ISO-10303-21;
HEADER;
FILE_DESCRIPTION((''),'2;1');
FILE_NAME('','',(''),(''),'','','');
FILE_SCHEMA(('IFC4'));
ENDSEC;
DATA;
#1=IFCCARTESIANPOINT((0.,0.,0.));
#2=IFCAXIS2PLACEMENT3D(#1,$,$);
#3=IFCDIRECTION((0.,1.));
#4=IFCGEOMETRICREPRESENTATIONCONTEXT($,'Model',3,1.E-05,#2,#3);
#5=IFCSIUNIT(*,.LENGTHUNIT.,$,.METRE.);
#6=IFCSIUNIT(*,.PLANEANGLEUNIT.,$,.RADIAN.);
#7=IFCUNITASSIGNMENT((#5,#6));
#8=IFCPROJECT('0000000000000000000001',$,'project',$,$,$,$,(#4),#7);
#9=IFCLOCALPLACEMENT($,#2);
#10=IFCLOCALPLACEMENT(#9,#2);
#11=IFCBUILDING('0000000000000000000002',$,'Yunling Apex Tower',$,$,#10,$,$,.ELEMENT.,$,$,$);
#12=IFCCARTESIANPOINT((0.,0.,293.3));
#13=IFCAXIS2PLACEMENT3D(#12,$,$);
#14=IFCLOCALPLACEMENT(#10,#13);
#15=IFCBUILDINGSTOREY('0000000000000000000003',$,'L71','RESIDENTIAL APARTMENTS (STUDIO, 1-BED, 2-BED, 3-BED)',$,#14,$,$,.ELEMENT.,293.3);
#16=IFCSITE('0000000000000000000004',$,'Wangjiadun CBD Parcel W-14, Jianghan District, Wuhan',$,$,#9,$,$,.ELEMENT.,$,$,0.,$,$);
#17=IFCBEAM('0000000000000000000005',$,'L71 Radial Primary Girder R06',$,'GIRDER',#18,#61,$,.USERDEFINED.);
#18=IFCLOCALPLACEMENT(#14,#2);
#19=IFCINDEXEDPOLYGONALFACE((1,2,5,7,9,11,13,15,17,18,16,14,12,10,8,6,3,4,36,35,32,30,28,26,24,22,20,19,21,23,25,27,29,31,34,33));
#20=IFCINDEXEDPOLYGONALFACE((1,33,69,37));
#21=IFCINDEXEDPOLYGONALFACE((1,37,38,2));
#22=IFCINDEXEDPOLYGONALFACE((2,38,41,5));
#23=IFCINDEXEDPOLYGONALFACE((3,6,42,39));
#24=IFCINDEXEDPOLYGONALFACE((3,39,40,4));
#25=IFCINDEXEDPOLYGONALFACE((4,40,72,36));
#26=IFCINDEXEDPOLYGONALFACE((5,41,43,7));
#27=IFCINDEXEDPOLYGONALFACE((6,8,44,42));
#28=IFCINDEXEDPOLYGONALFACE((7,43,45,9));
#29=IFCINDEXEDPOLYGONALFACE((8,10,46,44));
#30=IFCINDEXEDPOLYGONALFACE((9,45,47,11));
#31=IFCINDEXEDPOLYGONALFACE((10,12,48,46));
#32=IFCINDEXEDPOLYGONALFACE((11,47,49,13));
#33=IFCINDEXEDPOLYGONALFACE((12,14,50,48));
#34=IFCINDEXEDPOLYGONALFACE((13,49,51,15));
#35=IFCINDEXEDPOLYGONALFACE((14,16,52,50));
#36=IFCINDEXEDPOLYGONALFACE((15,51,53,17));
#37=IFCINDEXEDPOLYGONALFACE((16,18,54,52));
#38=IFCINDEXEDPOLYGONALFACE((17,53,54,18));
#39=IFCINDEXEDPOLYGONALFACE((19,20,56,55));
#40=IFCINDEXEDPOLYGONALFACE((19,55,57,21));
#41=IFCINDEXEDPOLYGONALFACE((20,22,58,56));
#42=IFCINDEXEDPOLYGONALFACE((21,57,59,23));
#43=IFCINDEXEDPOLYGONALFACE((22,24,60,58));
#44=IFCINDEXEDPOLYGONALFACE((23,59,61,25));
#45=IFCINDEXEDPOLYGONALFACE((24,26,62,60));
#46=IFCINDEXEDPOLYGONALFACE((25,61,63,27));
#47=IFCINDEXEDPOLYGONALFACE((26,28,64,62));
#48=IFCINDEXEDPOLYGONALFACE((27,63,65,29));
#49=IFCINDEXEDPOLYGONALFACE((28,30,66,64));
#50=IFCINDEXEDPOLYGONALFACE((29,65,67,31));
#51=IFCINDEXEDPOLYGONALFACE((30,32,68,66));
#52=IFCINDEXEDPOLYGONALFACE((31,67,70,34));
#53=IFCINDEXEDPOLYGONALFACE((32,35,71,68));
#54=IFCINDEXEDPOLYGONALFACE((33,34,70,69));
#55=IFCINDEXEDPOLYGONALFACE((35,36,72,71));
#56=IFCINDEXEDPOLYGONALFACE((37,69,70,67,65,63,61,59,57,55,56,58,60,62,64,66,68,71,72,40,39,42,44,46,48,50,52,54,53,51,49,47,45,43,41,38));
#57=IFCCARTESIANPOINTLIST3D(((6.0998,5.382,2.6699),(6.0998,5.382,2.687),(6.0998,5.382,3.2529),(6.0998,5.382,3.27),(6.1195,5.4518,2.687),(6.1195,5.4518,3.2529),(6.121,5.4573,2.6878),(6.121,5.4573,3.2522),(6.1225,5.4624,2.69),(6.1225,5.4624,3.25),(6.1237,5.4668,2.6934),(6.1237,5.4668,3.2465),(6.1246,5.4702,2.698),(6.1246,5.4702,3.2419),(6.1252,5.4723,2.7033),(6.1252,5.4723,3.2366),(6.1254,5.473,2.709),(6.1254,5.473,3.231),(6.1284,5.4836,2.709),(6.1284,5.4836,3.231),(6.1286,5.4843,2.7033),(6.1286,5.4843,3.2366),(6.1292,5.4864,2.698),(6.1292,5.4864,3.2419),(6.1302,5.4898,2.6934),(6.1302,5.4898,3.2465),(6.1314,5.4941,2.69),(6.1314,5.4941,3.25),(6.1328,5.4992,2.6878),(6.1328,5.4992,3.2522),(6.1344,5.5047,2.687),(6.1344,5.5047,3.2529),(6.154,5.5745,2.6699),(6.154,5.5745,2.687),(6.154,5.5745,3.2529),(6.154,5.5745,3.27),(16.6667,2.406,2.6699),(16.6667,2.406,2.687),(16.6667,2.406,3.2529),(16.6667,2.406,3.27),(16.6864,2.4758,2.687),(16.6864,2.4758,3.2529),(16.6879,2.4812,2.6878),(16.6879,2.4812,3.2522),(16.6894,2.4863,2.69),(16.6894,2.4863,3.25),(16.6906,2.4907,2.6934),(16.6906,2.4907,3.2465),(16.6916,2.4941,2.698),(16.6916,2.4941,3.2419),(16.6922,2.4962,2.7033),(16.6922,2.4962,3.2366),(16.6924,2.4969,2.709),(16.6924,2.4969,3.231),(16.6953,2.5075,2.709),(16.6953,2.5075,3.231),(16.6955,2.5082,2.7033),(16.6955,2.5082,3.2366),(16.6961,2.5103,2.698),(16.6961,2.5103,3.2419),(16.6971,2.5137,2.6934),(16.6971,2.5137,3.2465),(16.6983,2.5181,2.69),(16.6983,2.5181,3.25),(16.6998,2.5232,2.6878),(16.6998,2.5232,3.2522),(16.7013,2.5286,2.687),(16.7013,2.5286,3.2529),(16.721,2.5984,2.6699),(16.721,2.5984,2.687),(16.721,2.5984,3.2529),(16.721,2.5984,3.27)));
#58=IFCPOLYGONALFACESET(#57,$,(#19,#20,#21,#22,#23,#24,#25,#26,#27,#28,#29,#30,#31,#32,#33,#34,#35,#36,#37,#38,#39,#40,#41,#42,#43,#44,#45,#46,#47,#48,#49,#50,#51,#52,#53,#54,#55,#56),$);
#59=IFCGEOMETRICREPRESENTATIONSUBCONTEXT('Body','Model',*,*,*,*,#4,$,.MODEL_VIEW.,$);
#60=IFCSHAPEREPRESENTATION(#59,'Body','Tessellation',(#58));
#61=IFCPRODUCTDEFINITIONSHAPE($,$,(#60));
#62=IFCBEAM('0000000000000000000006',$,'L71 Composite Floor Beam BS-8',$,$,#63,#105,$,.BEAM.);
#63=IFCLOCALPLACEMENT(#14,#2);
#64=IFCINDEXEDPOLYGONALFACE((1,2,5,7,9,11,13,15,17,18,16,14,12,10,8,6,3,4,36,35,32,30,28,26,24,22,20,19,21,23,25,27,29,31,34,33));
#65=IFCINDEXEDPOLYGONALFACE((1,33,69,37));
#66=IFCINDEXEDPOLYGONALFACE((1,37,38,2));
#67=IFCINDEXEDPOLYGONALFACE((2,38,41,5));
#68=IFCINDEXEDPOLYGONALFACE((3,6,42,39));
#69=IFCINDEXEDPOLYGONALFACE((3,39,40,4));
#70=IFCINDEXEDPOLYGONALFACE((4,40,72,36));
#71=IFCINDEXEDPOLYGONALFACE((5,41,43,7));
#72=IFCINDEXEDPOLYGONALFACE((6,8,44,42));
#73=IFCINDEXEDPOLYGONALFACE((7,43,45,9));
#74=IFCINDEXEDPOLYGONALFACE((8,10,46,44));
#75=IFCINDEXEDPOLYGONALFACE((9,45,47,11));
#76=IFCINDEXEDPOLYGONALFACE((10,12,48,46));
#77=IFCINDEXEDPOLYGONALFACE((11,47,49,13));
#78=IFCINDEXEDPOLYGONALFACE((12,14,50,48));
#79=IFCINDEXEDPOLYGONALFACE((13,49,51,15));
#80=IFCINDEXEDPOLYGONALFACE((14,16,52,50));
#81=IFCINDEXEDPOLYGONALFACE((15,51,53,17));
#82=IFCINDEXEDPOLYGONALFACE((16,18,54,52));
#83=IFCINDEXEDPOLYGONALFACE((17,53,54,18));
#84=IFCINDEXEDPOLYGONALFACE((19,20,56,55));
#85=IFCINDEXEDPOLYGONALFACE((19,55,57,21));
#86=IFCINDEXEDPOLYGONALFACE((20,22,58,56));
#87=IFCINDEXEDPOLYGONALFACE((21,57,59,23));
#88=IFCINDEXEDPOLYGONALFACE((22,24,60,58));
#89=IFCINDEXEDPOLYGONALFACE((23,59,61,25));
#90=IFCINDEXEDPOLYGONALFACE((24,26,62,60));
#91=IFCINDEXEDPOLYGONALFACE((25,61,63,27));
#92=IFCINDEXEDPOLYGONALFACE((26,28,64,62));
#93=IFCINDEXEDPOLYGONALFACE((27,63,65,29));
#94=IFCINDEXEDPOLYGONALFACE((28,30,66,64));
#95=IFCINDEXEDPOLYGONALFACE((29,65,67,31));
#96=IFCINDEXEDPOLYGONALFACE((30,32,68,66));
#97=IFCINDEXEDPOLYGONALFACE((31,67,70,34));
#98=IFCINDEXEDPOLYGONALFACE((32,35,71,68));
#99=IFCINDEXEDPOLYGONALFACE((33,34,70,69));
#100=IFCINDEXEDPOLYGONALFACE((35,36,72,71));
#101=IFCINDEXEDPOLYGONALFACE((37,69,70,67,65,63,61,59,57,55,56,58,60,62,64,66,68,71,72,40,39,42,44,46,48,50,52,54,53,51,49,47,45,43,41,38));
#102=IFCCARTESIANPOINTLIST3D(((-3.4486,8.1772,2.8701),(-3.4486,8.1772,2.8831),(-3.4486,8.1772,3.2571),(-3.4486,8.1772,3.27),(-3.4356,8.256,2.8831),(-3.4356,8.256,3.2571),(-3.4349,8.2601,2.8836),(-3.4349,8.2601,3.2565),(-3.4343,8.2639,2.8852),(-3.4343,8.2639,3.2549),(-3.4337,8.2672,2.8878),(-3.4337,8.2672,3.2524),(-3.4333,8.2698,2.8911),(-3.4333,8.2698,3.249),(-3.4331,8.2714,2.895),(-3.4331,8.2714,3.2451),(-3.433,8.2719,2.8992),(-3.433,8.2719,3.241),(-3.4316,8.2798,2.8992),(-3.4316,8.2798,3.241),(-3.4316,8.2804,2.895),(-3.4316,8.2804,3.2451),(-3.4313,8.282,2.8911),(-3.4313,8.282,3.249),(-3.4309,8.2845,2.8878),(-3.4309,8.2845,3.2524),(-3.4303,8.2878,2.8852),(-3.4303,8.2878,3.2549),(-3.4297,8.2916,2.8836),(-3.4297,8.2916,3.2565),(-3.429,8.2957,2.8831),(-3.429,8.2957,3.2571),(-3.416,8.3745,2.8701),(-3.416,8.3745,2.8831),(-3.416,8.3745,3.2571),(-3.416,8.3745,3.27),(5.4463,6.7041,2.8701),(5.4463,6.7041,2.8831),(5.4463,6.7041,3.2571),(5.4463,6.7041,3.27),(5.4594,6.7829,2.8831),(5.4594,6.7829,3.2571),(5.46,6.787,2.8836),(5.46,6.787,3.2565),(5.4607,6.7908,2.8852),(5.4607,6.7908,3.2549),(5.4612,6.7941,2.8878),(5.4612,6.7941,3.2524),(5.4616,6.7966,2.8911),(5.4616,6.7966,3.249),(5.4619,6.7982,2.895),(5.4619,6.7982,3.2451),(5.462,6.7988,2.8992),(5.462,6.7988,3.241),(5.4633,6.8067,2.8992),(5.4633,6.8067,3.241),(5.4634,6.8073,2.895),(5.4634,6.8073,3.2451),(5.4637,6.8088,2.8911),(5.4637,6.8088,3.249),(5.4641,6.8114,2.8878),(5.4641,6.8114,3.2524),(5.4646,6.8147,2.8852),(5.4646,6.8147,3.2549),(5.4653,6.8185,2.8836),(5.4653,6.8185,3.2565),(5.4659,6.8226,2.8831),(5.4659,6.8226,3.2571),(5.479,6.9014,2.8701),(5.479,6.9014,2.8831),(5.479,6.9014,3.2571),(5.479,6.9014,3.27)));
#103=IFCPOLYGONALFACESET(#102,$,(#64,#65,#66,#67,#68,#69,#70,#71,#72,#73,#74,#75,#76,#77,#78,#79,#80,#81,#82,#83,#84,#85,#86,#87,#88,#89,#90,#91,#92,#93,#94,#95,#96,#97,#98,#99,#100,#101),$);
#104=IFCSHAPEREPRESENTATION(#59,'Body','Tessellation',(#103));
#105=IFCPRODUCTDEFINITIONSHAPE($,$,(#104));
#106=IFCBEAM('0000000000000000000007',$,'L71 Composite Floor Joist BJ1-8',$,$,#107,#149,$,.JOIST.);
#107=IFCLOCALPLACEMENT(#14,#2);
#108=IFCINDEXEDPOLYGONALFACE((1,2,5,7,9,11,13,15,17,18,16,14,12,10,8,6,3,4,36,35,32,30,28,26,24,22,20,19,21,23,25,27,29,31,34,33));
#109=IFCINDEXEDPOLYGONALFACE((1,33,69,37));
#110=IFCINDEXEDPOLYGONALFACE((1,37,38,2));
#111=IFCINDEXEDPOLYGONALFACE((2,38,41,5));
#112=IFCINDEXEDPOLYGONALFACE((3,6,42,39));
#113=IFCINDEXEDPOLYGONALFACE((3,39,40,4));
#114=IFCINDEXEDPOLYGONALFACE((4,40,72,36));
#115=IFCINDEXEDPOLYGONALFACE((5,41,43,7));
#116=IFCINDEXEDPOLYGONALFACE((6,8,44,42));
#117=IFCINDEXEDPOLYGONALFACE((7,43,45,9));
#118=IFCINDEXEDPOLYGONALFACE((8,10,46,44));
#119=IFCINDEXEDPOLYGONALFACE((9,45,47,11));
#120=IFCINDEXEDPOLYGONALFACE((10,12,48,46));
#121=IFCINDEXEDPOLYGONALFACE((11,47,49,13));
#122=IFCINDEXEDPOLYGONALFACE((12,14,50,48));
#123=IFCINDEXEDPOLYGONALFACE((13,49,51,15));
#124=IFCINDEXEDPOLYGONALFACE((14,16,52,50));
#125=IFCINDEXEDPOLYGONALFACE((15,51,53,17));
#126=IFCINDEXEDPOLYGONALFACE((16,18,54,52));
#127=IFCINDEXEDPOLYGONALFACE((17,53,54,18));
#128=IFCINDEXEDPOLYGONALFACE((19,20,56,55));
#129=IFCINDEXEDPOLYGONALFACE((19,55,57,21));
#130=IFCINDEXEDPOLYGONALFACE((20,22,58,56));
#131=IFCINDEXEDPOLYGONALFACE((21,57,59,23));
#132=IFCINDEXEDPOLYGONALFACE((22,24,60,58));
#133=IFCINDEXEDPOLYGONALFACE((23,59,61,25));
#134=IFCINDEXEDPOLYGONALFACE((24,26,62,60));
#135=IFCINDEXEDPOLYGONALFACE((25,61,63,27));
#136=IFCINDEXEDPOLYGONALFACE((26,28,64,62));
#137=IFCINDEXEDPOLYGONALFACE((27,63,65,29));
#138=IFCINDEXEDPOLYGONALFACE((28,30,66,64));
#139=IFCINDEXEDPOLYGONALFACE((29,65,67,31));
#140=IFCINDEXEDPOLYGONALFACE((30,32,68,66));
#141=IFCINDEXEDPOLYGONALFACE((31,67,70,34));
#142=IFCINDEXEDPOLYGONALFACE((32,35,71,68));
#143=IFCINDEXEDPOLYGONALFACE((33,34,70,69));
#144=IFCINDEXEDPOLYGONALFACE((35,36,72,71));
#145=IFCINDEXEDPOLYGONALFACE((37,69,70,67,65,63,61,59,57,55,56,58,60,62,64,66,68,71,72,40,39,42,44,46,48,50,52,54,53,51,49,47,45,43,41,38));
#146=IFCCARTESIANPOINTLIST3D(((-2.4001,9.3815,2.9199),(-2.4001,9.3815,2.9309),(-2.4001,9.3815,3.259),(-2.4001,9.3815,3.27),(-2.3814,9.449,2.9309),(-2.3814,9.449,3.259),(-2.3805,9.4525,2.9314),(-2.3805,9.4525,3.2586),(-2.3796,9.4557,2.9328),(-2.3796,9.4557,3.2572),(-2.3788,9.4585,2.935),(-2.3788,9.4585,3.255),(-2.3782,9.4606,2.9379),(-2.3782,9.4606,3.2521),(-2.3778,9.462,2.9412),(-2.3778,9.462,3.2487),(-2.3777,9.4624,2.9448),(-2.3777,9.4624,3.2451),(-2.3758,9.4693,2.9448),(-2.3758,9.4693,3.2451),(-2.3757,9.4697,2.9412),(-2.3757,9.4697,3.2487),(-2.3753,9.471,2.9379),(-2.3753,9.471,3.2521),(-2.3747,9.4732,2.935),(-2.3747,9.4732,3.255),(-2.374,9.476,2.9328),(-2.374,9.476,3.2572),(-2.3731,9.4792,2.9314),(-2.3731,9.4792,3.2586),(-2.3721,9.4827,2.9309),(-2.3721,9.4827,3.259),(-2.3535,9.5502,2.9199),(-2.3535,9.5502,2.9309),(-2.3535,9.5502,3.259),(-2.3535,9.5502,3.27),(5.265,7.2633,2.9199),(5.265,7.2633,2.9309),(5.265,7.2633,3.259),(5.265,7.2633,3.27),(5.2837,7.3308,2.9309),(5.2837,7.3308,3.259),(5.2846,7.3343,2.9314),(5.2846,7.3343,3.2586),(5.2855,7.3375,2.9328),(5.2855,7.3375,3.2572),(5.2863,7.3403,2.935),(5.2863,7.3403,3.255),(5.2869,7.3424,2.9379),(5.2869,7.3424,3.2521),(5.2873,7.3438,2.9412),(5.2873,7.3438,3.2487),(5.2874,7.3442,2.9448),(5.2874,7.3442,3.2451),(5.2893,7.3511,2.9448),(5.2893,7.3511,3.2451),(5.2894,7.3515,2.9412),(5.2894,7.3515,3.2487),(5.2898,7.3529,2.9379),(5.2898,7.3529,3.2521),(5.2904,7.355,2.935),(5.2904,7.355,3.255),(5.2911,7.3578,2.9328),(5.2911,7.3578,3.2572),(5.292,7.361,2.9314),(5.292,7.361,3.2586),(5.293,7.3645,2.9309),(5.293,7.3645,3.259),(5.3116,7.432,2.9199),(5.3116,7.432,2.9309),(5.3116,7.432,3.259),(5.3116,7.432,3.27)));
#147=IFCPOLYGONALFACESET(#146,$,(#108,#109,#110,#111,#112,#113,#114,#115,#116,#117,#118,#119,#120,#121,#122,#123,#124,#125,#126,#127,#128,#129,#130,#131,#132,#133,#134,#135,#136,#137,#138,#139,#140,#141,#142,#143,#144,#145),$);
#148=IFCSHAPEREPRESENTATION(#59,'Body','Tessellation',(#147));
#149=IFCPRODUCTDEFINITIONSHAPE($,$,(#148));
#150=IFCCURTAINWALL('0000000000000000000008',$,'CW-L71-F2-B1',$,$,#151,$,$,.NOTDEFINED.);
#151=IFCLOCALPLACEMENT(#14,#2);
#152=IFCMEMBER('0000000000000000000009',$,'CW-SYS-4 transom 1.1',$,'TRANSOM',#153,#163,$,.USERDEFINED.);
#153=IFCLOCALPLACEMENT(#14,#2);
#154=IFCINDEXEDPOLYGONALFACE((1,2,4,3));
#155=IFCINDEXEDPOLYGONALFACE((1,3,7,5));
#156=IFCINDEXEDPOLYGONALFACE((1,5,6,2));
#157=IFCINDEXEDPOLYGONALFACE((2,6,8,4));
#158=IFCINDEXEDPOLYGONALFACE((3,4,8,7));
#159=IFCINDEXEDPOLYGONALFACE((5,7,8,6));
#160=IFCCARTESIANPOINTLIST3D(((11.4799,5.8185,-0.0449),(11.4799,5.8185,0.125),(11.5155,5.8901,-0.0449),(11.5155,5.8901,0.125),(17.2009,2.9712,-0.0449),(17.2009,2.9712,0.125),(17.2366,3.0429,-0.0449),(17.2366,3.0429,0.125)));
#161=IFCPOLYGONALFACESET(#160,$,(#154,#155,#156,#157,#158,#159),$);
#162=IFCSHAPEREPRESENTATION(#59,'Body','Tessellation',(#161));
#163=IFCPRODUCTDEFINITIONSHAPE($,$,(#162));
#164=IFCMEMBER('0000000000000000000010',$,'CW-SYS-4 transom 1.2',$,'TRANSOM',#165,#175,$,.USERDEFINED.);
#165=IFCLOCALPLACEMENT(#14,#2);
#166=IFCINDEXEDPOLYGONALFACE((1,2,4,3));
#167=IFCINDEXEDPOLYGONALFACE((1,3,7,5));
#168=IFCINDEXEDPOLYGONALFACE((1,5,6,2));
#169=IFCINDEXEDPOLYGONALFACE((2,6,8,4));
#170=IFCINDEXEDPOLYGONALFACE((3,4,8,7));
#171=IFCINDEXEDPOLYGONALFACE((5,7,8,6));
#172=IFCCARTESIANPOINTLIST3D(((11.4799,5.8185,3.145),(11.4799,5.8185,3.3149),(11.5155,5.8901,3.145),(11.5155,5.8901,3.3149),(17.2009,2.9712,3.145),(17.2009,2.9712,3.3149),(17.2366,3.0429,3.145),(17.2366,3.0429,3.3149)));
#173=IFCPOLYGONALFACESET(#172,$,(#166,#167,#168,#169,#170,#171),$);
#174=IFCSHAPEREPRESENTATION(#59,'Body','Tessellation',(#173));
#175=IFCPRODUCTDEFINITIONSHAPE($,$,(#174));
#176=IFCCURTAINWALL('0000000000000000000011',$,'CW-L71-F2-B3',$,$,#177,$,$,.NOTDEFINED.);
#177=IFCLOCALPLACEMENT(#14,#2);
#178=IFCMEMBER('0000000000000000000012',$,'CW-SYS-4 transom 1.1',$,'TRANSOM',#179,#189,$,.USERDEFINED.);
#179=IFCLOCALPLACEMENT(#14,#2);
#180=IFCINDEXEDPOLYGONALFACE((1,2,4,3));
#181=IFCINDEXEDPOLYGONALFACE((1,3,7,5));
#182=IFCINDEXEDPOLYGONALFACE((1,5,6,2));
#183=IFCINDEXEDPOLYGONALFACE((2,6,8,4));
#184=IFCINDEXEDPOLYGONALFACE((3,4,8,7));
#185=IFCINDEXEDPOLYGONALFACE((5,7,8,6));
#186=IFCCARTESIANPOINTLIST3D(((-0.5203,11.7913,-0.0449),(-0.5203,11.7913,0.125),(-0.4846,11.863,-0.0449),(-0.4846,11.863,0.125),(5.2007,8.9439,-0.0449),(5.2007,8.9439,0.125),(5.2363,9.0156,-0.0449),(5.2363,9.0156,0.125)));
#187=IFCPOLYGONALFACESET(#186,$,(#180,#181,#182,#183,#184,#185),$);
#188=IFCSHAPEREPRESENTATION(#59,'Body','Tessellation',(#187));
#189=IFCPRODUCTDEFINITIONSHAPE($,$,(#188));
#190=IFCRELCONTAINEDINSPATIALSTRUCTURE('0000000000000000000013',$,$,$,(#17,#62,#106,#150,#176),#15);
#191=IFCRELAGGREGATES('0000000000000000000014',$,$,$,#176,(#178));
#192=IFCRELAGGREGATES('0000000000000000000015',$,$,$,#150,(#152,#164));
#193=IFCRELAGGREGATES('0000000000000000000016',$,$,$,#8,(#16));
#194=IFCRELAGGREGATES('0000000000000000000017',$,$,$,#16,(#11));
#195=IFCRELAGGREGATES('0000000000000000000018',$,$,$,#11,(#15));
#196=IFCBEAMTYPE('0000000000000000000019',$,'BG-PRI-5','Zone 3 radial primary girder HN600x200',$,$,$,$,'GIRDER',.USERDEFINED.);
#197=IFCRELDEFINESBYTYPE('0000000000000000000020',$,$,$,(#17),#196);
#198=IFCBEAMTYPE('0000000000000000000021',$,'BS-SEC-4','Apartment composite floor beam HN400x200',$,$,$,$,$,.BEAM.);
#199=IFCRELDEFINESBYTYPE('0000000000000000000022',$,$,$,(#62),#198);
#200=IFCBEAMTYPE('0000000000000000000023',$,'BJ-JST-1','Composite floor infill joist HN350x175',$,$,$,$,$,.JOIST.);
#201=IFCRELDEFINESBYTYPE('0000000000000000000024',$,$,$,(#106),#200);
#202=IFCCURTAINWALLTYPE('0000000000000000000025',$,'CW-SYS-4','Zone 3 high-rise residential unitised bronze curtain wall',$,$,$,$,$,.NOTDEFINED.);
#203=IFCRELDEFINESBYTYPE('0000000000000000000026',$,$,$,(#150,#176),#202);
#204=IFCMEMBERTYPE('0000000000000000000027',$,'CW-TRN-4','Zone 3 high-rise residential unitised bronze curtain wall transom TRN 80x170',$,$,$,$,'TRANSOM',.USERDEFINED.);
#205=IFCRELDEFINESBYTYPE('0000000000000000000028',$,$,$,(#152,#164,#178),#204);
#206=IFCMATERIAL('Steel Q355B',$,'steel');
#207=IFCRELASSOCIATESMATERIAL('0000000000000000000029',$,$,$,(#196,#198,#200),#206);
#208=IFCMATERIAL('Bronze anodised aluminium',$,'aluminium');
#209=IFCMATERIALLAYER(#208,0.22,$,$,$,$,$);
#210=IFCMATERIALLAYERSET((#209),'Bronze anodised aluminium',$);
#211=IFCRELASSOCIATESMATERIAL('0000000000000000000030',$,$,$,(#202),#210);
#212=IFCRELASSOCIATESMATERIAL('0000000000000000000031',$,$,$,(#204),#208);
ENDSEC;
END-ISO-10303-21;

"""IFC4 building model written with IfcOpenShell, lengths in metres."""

from ifc_helpers import new_model, si_unit, direction, frame, origin, origin_2d, place, context, subcontext, project, spatial, rectangle, i_section, extrude, source, transform, mapped, material, layer, layer_set, material_profile, profile_set, type_object, element, aggregate, save


model = new_model("IFC4")

# Units and contexts
model_context = context("Model", 3, precision=1e-05, world=origin(), true_north=direction((0.0, 1.0)))
body_context = subcontext(model_context, "Body", "Model", "MODEL_VIEW")
ifc_project = project(units=[si_unit("LENGTHUNIT", "METRE"), si_unit("PLANEANGLEUNIT", "RADIAN")], contexts=[model_context])

# Site, building, storey
site_placement = place(None, origin())
site = spatial("IfcSite", under=ifc_project, at=site_placement, Name="Wangjiadun CBD Parcel W-14, Jianghan District, Wuhan", CompositionType="ELEMENT", RefElevation=0.0)
building_placement = place(site_placement, origin())
building = spatial("IfcBuilding", under=site, at=building_placement, Name="Yunling Apex Tower", CompositionType="ELEMENT")
storey_placement = place(building_placement, frame((0.0, 0.0, 293.3)))
storey = spatial("IfcBuildingStorey", under=building, at=storey_placement, Name="L71", Description="RESIDENTIAL APARTMENTS (STUDIO, 1-BED, 2-BED, 3-BED)", CompositionType="ELEMENT", Elevation=293.3)

# Shared definitions
ifc_material_1 = material(Name="Steel Q355B", Category="steel")

# Beams
ifc_material_profile_1 = material_profile(ifc_material_1, i_section(OverallWidth=0.2, OverallDepth=0.6001, WebThickness=0.011, FlangeThickness=0.0171, FilletRadius=0.022, at=origin_2d()))
ifc_profile_set_1 = profile_set([ifc_material_profile_1], Name="Steel Q355B")
beam_type_1 = type_object("IfcBeamType", Name="BG-PRI-5", Description="Zone 3 radial primary girder HN600x200", ElementType="GIRDER", PredefinedType="USERDEFINED", material=ifc_profile_set_1)
shared_shape_1 = source(origin(), body_context, "Body", "SweptSolid", [
    extrude(i_section(OverallWidth=0.2, OverallDepth=0.6001, WebThickness=0.011, FlangeThickness=0.0171, FilletRadius=0.022, at=origin_2d()), origin(), (0.0, 0.0, 1.0), 10.978),
])
beam_1_placement = place(storey_placement, frame((16.6938, 2.5022, 2.97), z_axis=(-0.962553, 0.271095, 0.0), x_axis=(-0.271095, -0.962553, 0.0)))
element("IfcBeam", 1, at=beam_1_placement, inside=storey, type_object=beam_type_1, Name="L71 Radial Primary Girder R06", ObjectType="GIRDER", PredefinedType="USERDEFINED", context=body_context, shape_type="MappedRepresentation", body=[
    mapped(shared_shape_1, transform((0.0, 0.0, 0.0), scale=1.0)),
])
ifc_material_profile_2 = material_profile(ifc_material_1, i_section(OverallWidth=0.2, OverallDepth=0.3999, WebThickness=0.0081, FlangeThickness=0.0129, FilletRadius=0.0161, at=origin_2d()))
ifc_profile_set_2 = profile_set([ifc_material_profile_2], Name="Steel Q355B")
beam_type_2 = type_object("IfcBeamType", Name="BS-SEC-4", Description="Apartment composite floor beam HN400x200", PredefinedType="BEAM", material=ifc_profile_set_2)
shared_shape_2 = source(origin(), body_context, "Body", "SweptSolid", [
    extrude(i_section(OverallWidth=0.2, OverallDepth=0.3999, WebThickness=0.0081, FlangeThickness=0.0129, FilletRadius=0.0161, at=origin_2d()), origin(), (0.0, 0.0, 1.0), 9.0161),
])
beam_2_placement = place(storey_placement, frame((5.4626, 6.8027, 3.0701), z_axis=(-0.986562, 0.163389, 0.0), x_axis=(-0.163389, -0.986562, 0.0)))
element("IfcBeam", 2, at=beam_2_placement, inside=storey, type_object=beam_type_2, Name="L71 Composite Floor Beam BS-8", PredefinedType="BEAM", context=body_context, shape_type="MappedRepresentation", body=[
    mapped(shared_shape_2, transform((0.0, 0.0, 0.0), scale=1.0)),
])
ifc_material_profile_3 = material_profile(ifc_material_1, i_section(OverallWidth=0.175, OverallDepth=0.3501, WebThickness=0.0071, FlangeThickness=0.011, FilletRadius=0.0139, at=origin_2d()))
ifc_profile_set_3 = profile_set([ifc_material_profile_3], Name="Steel Q355B")
beam_type_3 = type_object("IfcBeamType", Name="BJ-JST-1", Description="Composite floor infill joist HN350x175", PredefinedType="JOIST", material=ifc_profile_set_3)
shared_shape_3 = source(origin(), body_context, "Body", "SweptSolid", [
    extrude(i_section(OverallWidth=0.175, OverallDepth=0.3501, WebThickness=0.0071, FlangeThickness=0.011, FilletRadius=0.0139, at=origin_2d()), origin(), (0.0, 0.0, 1.0), 7.9524),
])
beam_3_placement = place(storey_placement, frame((5.2883, 7.3477, 3.095), z_axis=(-0.963874, 0.266358, 0.0), x_axis=(-0.266358, -0.963874, 0.0)))
element("IfcBeam", 3, at=beam_3_placement, inside=storey, type_object=beam_type_3, Name="L71 Composite Floor Joist BJ1-8", PredefinedType="JOIST", context=body_context, shape_type="MappedRepresentation", body=[
    mapped(shared_shape_3, transform((0.0, 0.0, 0.0), scale=1.0)),
])

# Curtain walls, members
ifc_material_2 = material(Name="Bronze anodised aluminium", Category="aluminium")
ifc_layer_1 = layer(ifc_material_2, 0.22)
ifc_layer_set_1 = layer_set([ifc_layer_1], Name="Bronze anodised aluminium")
curtain_wall_type = type_object("IfcCurtainWallType", Name="CW-SYS-4", Description="Zone 3 high-rise residential unitised bronze curtain wall", PredefinedType="NOTDEFINED", material=ifc_layer_set_1)
curtain_wall_1_placement = place(storey_placement, origin())
curtain_wall_1 = element("IfcCurtainWall", 4, at=curtain_wall_1_placement, inside=storey, type_object=curtain_wall_type, Name="CW-L71-F2-B1", PredefinedType="NOTDEFINED")
ifc_material_profile_4 = material_profile(ifc_material_2, rectangle(XDim=0.0801, YDim=0.1699, at=origin_2d()))
ifc_profile_set_4 = profile_set([ifc_material_profile_4], Name="Bronze anodised aluminium")
member_type_1 = type_object("IfcMemberType", Name="CW-TRN-4", Description="Zone 3 high-rise residential unitised bronze curtain wall transom TRN 80x170", ElementType="TRANSOM", PredefinedType="USERDEFINED", material=ifc_profile_set_4)
shared_shape_4 = source(origin(), body_context, "Body", "SweptSolid", [
    extrude(rectangle(XDim=0.0801, YDim=0.1699, at=origin_2d()), origin(), (0.0, 0.0, 1.0), 6.3904),
])
member_1_placement = place(storey_placement, frame((17.2188, 3.0071, 0.04), z_axis=(-0.895259, 0.445547, 0.0), x_axis=(-0.445547, -0.895259, 0.0)))
member_1 = element("IfcMember", 5, at=member_1_placement, type_object=member_type_1, Name="CW-SYS-4 transom 1.1", ObjectType="TRANSOM", PredefinedType="USERDEFINED", context=body_context, shape_type="MappedRepresentation", body=[
    mapped(shared_shape_4, transform((0.0, 0.0, 0.0), scale=1.0)),
])
member_2_placement = place(storey_placement, frame((17.2188, 3.0071, 3.23), z_axis=(-0.895259, 0.445547, 0.0), x_axis=(-0.445547, -0.895259, 0.0)))
member_2 = element("IfcMember", 6, at=member_2_placement, type_object=member_type_1, Name="CW-SYS-4 transom 1.2", ObjectType="TRANSOM", PredefinedType="USERDEFINED", context=body_context, shape_type="MappedRepresentation", body=[
    mapped(shared_shape_4, transform((0.0, 0.0, 0.0), scale=1.0)),
])
curtain_wall_2_placement = place(storey_placement, origin())
curtain_wall_2 = element("IfcCurtainWall", 7, at=curtain_wall_2_placement, inside=storey, type_object=curtain_wall_type, Name="CW-L71-F2-B3", PredefinedType="NOTDEFINED")
member_3_placement = place(storey_placement, frame((5.2185, 8.9797, 0.04), z_axis=(-0.895243, 0.445578, 0.0), x_axis=(-0.445578, -0.895243, 0.0)))
member_3 = element("IfcMember", 8, at=member_3_placement, type_object=member_type_1, Name="CW-SYS-4 transom 1.1", ObjectType="TRANSOM", PredefinedType="USERDEFINED", context=body_context, shape_type="MappedRepresentation", body=[
    mapped(shared_shape_4, transform((0.0, 0.0, 0.0), scale=1.0)),
])

aggregate(curtain_wall_2, [member_3])

aggregate(curtain_wall_1, [member_1, member_2])

save(model, "model.ifc")
